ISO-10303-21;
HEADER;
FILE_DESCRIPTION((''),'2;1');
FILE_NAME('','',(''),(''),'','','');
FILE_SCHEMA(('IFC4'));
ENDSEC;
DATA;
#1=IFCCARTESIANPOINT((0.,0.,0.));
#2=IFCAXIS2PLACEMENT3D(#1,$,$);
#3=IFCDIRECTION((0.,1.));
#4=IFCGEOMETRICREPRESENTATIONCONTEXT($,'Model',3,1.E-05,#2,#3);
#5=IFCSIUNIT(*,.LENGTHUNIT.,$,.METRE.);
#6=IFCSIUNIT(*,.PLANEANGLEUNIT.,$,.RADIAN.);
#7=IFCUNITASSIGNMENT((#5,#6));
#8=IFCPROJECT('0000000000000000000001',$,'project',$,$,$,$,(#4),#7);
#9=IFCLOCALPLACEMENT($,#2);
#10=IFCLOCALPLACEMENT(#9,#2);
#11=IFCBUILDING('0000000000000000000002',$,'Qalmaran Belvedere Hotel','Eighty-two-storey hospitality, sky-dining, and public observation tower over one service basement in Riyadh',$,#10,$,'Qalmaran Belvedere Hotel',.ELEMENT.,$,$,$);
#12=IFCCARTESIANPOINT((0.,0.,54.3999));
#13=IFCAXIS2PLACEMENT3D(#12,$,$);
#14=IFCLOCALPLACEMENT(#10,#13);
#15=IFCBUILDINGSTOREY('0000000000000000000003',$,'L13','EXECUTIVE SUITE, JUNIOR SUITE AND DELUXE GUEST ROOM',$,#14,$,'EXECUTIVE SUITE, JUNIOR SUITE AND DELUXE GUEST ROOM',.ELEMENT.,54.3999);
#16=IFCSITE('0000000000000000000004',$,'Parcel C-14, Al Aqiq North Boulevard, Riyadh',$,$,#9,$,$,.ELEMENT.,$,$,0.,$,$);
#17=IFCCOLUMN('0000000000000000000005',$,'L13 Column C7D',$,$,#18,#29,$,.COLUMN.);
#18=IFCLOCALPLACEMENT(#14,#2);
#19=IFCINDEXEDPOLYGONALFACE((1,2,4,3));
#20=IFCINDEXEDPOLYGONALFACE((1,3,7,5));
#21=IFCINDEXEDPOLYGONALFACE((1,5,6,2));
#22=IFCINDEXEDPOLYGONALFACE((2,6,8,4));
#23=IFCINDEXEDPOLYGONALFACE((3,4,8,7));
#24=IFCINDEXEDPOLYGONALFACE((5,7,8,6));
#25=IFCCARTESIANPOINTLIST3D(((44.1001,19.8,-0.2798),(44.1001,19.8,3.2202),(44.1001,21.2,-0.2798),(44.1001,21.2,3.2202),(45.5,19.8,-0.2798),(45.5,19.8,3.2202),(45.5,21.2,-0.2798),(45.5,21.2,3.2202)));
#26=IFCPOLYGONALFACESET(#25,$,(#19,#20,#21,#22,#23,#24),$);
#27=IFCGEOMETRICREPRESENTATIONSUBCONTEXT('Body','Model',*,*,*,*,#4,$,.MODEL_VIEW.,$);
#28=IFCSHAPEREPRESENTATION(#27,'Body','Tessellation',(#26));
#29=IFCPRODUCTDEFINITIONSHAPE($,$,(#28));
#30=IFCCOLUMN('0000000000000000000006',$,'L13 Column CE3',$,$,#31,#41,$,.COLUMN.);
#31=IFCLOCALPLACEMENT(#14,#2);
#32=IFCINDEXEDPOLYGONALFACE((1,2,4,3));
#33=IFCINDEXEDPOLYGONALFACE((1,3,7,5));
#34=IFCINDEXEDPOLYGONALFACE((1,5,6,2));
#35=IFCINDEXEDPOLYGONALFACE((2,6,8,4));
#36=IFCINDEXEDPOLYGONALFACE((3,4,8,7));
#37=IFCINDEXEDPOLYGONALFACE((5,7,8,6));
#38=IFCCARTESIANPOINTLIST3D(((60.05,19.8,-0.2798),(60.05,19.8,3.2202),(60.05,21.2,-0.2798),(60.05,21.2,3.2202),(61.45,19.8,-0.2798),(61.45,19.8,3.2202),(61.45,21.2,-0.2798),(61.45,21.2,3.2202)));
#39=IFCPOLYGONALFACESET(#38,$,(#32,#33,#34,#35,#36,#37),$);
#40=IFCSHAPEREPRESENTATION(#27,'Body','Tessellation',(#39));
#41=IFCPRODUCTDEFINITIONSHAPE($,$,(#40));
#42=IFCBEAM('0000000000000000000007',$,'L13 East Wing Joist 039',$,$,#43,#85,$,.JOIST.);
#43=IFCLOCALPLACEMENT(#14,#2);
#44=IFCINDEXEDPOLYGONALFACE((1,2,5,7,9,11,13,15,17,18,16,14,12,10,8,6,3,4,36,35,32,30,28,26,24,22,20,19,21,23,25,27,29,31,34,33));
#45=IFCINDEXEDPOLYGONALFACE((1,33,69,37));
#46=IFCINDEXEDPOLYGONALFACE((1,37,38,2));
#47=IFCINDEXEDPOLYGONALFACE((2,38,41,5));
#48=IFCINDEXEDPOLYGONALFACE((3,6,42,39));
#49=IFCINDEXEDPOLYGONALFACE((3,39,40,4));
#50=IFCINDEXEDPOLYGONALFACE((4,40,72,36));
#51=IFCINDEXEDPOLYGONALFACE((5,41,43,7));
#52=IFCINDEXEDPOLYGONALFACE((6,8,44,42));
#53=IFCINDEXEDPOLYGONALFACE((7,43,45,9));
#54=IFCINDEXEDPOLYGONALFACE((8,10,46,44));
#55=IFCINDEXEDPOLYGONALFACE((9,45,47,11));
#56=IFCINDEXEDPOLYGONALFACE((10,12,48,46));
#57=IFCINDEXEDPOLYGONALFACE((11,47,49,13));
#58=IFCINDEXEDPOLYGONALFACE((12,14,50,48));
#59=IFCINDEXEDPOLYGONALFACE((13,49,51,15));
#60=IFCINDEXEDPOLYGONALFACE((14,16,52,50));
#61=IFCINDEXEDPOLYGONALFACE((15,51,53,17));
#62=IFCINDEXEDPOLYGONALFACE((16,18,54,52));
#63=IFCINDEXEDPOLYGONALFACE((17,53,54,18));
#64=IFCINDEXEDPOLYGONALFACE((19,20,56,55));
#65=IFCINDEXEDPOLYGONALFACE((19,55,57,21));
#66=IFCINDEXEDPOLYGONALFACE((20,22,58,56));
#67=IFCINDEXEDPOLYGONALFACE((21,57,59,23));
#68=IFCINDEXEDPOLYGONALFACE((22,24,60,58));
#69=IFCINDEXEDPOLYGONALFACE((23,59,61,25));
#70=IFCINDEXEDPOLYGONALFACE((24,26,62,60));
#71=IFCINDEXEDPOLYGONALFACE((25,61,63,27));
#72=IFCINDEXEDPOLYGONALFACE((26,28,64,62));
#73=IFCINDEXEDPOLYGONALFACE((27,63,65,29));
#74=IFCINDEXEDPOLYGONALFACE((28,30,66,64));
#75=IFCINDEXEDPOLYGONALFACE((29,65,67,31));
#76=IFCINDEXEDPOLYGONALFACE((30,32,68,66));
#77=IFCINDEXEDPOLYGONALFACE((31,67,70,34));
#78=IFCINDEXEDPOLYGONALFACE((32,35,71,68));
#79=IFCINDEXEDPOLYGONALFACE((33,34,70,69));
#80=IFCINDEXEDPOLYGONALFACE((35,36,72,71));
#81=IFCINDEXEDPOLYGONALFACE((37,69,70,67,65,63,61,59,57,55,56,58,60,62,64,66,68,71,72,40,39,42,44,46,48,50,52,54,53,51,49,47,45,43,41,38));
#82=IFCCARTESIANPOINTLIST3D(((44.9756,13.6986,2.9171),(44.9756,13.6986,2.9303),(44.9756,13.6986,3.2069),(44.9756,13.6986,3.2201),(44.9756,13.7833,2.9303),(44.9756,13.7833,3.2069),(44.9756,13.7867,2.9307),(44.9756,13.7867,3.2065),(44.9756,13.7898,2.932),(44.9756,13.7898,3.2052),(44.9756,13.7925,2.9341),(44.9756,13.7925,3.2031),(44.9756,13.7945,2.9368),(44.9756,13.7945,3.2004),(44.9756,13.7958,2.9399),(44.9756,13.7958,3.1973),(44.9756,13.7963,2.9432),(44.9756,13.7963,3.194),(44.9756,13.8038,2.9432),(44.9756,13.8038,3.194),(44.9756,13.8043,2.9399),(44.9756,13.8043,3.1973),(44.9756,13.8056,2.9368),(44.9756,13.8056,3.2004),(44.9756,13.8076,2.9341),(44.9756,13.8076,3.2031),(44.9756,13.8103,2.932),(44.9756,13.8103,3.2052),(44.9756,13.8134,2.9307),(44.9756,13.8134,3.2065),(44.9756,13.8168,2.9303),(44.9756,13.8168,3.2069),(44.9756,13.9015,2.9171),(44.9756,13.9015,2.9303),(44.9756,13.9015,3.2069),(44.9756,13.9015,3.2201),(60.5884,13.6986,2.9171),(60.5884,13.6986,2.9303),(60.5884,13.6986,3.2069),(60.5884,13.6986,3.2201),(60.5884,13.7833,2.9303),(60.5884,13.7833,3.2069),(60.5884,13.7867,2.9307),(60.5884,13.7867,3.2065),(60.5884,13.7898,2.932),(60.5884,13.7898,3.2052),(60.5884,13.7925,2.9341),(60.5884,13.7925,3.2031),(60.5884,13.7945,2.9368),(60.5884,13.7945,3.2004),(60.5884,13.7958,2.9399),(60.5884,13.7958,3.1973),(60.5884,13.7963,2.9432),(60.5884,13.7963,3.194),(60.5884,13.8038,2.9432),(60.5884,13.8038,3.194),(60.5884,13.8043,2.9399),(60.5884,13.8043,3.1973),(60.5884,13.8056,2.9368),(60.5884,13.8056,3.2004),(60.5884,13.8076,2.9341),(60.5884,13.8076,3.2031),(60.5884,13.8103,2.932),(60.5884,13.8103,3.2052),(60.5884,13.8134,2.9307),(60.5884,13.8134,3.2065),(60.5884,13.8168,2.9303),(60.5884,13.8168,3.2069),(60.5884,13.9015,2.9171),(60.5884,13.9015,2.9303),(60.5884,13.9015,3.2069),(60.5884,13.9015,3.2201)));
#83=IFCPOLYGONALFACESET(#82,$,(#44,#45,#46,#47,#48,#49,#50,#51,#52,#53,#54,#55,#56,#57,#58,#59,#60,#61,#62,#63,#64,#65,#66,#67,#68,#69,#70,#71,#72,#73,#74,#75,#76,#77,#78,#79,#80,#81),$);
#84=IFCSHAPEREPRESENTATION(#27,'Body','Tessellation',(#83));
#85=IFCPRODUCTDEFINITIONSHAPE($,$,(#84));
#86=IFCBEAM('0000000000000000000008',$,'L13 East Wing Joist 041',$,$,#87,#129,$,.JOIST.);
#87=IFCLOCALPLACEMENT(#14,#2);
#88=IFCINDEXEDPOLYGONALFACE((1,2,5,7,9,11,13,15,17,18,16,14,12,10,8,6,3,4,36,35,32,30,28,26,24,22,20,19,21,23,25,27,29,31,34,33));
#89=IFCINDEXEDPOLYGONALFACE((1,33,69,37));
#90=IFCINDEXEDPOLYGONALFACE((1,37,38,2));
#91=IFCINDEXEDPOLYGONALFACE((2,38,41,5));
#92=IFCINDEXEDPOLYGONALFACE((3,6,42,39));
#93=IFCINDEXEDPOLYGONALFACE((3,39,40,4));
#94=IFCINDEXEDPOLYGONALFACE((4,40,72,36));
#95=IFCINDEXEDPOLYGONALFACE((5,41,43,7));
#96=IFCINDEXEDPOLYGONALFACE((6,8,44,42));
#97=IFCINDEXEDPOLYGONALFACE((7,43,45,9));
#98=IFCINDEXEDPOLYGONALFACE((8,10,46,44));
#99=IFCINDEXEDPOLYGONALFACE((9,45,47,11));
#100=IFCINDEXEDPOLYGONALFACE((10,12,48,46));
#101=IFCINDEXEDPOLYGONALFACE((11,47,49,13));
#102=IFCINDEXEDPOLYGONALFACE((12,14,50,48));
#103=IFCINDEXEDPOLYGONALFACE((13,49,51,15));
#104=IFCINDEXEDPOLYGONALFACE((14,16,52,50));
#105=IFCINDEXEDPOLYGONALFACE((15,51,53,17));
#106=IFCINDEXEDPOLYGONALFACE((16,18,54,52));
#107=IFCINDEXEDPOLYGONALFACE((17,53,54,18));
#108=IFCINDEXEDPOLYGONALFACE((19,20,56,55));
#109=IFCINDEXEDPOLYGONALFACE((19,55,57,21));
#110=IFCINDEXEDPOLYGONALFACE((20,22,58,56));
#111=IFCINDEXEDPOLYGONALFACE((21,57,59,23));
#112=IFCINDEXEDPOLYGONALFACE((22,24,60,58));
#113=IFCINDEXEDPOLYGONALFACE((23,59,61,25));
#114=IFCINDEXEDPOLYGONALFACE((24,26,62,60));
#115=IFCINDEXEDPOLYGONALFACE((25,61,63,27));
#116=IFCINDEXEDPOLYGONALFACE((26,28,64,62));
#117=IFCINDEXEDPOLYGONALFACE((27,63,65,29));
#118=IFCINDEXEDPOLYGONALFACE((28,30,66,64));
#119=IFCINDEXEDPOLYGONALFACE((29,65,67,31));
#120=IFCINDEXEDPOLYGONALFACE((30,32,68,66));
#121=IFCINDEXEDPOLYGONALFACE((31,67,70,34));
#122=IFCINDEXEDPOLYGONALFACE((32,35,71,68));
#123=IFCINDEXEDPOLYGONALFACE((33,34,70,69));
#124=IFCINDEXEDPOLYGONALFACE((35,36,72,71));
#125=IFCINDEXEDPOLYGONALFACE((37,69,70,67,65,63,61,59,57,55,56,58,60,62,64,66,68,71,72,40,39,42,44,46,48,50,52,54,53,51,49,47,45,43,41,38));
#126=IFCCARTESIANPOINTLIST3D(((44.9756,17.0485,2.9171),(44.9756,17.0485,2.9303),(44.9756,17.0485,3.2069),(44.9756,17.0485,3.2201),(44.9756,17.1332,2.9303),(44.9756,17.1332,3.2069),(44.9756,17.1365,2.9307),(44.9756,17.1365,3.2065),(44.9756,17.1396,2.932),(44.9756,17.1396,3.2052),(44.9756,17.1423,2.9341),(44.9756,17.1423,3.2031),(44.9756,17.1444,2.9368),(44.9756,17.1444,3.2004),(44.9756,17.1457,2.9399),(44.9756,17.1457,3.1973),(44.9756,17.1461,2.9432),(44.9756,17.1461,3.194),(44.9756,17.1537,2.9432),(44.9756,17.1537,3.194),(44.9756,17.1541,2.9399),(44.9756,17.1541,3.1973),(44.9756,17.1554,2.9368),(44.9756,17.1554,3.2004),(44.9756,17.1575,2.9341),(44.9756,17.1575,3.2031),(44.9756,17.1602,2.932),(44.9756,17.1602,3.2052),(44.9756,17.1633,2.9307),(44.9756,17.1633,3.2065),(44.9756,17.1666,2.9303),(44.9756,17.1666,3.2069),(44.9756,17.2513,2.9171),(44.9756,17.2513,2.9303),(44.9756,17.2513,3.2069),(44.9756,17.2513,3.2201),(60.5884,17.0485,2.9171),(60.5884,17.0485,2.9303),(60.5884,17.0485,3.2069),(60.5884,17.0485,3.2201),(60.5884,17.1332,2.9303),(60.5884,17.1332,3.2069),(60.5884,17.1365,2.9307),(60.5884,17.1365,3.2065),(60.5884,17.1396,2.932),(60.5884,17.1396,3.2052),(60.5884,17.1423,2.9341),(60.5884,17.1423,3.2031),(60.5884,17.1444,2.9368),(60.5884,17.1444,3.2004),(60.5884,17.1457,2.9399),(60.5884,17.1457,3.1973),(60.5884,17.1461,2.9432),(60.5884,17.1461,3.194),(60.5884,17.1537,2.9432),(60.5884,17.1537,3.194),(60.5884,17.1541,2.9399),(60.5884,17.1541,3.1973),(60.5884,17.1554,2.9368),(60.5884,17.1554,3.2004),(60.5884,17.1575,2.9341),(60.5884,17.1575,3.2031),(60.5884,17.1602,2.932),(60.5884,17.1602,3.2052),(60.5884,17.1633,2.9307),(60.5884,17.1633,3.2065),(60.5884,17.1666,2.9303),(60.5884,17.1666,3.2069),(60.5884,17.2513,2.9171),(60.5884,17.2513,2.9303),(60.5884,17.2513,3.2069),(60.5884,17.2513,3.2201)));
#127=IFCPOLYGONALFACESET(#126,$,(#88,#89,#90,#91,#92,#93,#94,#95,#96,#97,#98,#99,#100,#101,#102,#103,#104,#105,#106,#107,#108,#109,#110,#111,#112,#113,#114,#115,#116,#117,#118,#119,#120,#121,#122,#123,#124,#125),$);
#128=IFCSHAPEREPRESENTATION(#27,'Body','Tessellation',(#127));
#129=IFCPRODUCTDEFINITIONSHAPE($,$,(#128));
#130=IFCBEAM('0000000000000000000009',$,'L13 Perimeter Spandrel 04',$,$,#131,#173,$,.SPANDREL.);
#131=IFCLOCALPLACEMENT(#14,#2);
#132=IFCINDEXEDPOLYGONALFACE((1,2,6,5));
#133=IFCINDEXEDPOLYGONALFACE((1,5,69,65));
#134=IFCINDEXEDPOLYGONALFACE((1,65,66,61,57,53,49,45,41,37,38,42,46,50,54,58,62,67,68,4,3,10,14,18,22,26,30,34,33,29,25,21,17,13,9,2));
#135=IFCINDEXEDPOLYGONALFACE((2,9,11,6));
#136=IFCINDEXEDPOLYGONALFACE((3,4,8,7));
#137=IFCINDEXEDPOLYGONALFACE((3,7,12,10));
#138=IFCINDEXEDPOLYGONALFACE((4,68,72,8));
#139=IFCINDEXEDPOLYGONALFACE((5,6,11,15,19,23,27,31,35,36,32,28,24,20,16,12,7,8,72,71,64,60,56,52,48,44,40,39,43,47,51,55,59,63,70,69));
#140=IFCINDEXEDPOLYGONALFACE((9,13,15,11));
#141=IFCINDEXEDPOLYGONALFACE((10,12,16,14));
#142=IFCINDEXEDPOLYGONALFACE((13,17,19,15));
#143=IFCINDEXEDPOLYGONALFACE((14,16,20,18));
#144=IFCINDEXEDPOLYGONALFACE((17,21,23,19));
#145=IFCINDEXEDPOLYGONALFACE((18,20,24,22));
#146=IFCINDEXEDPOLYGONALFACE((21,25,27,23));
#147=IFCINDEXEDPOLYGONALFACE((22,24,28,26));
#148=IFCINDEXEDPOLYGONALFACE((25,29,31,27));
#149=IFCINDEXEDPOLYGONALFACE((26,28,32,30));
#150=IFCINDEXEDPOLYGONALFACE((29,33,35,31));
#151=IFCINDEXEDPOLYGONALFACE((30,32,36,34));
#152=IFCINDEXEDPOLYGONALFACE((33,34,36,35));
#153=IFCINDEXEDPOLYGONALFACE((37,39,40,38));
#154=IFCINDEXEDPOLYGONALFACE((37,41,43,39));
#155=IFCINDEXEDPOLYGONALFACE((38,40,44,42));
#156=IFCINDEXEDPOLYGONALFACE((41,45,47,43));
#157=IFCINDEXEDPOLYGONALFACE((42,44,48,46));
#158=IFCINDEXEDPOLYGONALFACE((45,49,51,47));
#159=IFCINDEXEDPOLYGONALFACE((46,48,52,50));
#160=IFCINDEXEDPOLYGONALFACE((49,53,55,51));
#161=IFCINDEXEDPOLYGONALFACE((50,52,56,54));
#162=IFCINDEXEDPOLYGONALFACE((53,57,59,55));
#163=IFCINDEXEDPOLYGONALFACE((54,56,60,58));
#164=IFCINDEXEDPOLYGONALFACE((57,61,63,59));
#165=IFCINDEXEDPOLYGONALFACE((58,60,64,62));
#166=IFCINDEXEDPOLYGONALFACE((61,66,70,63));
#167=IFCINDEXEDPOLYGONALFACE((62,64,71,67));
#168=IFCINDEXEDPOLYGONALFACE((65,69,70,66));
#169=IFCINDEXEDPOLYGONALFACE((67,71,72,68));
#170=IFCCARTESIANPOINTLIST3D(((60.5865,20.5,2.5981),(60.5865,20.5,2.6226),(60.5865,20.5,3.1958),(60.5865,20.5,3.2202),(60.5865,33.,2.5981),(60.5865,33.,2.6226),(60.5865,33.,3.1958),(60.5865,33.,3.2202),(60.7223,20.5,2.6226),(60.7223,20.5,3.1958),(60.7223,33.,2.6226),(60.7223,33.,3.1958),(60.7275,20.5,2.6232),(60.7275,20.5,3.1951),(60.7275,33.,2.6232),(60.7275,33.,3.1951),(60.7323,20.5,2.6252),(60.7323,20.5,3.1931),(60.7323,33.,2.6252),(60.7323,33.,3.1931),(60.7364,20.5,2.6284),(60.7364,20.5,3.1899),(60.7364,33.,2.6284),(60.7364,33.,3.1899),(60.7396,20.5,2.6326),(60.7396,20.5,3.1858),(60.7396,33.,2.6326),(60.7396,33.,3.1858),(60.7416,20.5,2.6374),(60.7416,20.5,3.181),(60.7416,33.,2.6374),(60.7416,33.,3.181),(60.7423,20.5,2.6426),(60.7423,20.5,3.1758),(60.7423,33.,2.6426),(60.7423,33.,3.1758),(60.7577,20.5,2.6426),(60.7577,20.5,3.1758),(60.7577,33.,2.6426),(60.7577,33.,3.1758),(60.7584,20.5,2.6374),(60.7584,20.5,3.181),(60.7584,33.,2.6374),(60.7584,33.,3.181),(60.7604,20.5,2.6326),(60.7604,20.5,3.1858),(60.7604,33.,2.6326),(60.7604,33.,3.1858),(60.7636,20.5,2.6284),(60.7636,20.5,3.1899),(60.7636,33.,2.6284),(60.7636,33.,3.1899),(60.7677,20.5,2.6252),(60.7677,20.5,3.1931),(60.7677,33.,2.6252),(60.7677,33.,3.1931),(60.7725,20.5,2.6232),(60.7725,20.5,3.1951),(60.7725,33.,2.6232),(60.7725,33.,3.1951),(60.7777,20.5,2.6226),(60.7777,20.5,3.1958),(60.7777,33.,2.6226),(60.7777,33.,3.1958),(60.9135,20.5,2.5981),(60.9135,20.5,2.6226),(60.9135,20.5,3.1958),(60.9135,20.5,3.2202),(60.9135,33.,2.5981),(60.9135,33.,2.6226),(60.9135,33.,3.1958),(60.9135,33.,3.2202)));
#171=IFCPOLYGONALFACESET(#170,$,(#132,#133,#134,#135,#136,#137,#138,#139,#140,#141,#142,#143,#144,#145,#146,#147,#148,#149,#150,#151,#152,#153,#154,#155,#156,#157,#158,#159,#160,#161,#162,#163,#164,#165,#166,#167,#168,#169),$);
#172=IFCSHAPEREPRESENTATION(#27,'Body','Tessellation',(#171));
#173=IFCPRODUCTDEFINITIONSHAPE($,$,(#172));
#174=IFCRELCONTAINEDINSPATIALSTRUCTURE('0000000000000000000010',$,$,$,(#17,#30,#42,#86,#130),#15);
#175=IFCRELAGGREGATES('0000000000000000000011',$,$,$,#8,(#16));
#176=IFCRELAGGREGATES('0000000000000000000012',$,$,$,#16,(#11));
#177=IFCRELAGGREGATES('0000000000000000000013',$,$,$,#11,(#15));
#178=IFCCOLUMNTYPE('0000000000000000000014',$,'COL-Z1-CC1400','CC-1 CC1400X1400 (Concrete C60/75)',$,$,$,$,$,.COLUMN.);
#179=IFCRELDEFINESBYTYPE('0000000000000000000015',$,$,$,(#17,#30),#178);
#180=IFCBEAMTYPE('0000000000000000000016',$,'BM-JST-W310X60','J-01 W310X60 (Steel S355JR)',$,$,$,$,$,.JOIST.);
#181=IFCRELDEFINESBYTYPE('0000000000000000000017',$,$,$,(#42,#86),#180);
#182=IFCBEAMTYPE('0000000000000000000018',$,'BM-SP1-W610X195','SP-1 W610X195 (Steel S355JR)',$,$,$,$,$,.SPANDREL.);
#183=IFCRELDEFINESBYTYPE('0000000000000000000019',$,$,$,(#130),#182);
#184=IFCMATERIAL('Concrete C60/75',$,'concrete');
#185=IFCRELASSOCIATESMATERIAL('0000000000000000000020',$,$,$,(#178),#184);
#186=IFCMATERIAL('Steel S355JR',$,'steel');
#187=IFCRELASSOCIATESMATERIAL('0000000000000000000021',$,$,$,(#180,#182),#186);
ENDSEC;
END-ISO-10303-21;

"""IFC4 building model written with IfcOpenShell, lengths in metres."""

from ifc_helpers import new_model, si_unit, direction, frame, origin, origin_2d, place, context, subcontext, project, spatial, rectangle, i_section, extrude, material, material_profile, profile_set, type_object, element, save


model = new_model("IFC4")

# Units and contexts
model_context = context("Model", 3, precision=1e-05, world=origin(), true_north=direction((0.0, 1.0)))
body_context = subcontext(model_context, "Body", "Model", "MODEL_VIEW")
ifc_project = project(units=[si_unit("LENGTHUNIT", "METRE"), si_unit("PLANEANGLEUNIT", "RADIAN")], contexts=[model_context])

# Site, building, storey
site_placement = place(None, origin())
site = spatial("IfcSite", under=ifc_project, at=site_placement, Name="Parcel C-14, Al Aqiq North Boulevard, Riyadh", CompositionType="ELEMENT", RefElevation=0.0)
building_placement = place(site_placement, origin())
building = spatial("IfcBuilding", under=site, at=building_placement, Name="Qalmaran Belvedere Hotel", Description="Eighty-two-storey hospitality, sky-dining, and public observation tower over one service basement in Riyadh", LongName="Qalmaran Belvedere Hotel", CompositionType="ELEMENT")
storey_placement = place(building_placement, frame((0.0, 0.0, 54.3999)))
storey = spatial("IfcBuildingStorey", under=building, at=storey_placement, Name="L13", Description="EXECUTIVE SUITE, JUNIOR SUITE AND DELUXE GUEST ROOM", LongName="EXECUTIVE SUITE, JUNIOR SUITE AND DELUXE GUEST ROOM", CompositionType="ELEMENT", Elevation=54.3999)

# Columns
ifc_material_1 = material(Name="Concrete C60/75", Category="concrete")
ifc_material_profile_1 = material_profile(ifc_material_1, rectangle(XDim=1.3999, YDim=1.3999, at=origin_2d()), Name="CC1400X1400")
ifc_profile_set_1 = profile_set([ifc_material_profile_1], Name="Concrete C60/75")
column_type = type_object("IfcColumnType", Name="COL-Z1-CC1400", Description="CC-1 CC1400X1400 (Concrete C60/75)", PredefinedType="COLUMN", material=ifc_profile_set_1)
for number, where, z_axis, x_axis, name in (
    (1, (44.8, 20.5, -0.2798), (0.0, 0.0, 1.0), (1.0, 0.0, 0.0), "L13 Column C7D"),
    (2, (60.75, 20.5, -0.2798), (0.0, 0.0, 1.0), (1.0, 0.0, 0.0), "L13 Column CE3"),
):
    element("IfcColumn", number, at=place(storey_placement, frame(where, z_axis=z_axis, x_axis=x_axis)), inside=storey, type_object=column_type, Name=name, PredefinedType="COLUMN", context=body_context, shape_type="SweptSolid", body=[
        extrude(rectangle(XDim=1.3999, YDim=1.3999, at=origin_2d()), origin(), (0.0, 0.0, 1.0), 3.5),
    ])

# Beams
ifc_material_2 = material(Name="Steel S355JR", Category="steel")
ifc_material_profile_2 = material_profile(ifc_material_2, i_section(OverallWidth=0.2029, OverallDepth=0.303, WebThickness=0.0076, FlangeThickness=0.0132, FilletRadius=0.0129, at=origin_2d()), Name="W310X60")
ifc_profile_set_2 = profile_set([ifc_material_profile_2], Name="Steel S355JR")
beam_type_1 = type_object("IfcBeamType", Name="BM-JST-W310X60", Description="J-01 W310X60 (Steel S355JR)", PredefinedType="JOIST", material=ifc_profile_set_2)
for number, where, z_axis, x_axis, name in (
    (3, (44.9756, 13.8, 3.0686), (1.0, 0.0, 0.0), (0.0, 1.0, 0.0), "L13 East Wing Joist 039"),
    (4, (44.9756, 17.1499, 3.0686), (1.0, 0.0, 0.0), (0.0, 1.0, 0.0), "L13 East Wing Joist 041"),
):
    element("IfcBeam", number, at=place(storey_placement, frame(where, z_axis=z_axis, x_axis=x_axis)), inside=storey, type_object=beam_type_1, Name=name, PredefinedType="JOIST", context=body_context, shape_type="SweptSolid", body=[
        extrude(i_section(OverallWidth=0.2029, OverallDepth=0.303, WebThickness=0.0076, FlangeThickness=0.0132, FilletRadius=0.0129, at=origin_2d()), origin(), (0.0, 0.0, 1.0), 15.6128),
    ])
ifc_material_profile_3 = material_profile(ifc_material_2, i_section(OverallWidth=0.3269, OverallDepth=0.6221, WebThickness=0.0154, FlangeThickness=0.0244, FilletRadius=0.02, at=origin_2d()), Name="W610X195")
ifc_profile_set_3 = profile_set([ifc_material_profile_3], Name="Steel S355JR")
beam_type_2 = type_object("IfcBeamType", Name="BM-SP1-W610X195", Description="SP-1 W610X195 (Steel S355JR)", PredefinedType="SPANDREL", material=ifc_profile_set_3)
beam_1_placement = place(storey_placement, frame((60.75, 20.5, 2.9092), z_axis=(0.0, 1.0, 0.0), x_axis=(-1.0, 0.0, 0.0)))
element("IfcBeam", 5, at=beam_1_placement, inside=storey, type_object=beam_type_2, Name="L13 Perimeter Spandrel 04", PredefinedType="SPANDREL", context=body_context, shape_type="SweptSolid", body=[
    extrude(i_section(OverallWidth=0.3269, OverallDepth=0.6221, WebThickness=0.0154, FlangeThickness=0.0244, FilletRadius=0.02, at=origin_2d()), origin(), (0.0, 0.0, 1.0), 12.5),
])

save(model, "model.ifc")
